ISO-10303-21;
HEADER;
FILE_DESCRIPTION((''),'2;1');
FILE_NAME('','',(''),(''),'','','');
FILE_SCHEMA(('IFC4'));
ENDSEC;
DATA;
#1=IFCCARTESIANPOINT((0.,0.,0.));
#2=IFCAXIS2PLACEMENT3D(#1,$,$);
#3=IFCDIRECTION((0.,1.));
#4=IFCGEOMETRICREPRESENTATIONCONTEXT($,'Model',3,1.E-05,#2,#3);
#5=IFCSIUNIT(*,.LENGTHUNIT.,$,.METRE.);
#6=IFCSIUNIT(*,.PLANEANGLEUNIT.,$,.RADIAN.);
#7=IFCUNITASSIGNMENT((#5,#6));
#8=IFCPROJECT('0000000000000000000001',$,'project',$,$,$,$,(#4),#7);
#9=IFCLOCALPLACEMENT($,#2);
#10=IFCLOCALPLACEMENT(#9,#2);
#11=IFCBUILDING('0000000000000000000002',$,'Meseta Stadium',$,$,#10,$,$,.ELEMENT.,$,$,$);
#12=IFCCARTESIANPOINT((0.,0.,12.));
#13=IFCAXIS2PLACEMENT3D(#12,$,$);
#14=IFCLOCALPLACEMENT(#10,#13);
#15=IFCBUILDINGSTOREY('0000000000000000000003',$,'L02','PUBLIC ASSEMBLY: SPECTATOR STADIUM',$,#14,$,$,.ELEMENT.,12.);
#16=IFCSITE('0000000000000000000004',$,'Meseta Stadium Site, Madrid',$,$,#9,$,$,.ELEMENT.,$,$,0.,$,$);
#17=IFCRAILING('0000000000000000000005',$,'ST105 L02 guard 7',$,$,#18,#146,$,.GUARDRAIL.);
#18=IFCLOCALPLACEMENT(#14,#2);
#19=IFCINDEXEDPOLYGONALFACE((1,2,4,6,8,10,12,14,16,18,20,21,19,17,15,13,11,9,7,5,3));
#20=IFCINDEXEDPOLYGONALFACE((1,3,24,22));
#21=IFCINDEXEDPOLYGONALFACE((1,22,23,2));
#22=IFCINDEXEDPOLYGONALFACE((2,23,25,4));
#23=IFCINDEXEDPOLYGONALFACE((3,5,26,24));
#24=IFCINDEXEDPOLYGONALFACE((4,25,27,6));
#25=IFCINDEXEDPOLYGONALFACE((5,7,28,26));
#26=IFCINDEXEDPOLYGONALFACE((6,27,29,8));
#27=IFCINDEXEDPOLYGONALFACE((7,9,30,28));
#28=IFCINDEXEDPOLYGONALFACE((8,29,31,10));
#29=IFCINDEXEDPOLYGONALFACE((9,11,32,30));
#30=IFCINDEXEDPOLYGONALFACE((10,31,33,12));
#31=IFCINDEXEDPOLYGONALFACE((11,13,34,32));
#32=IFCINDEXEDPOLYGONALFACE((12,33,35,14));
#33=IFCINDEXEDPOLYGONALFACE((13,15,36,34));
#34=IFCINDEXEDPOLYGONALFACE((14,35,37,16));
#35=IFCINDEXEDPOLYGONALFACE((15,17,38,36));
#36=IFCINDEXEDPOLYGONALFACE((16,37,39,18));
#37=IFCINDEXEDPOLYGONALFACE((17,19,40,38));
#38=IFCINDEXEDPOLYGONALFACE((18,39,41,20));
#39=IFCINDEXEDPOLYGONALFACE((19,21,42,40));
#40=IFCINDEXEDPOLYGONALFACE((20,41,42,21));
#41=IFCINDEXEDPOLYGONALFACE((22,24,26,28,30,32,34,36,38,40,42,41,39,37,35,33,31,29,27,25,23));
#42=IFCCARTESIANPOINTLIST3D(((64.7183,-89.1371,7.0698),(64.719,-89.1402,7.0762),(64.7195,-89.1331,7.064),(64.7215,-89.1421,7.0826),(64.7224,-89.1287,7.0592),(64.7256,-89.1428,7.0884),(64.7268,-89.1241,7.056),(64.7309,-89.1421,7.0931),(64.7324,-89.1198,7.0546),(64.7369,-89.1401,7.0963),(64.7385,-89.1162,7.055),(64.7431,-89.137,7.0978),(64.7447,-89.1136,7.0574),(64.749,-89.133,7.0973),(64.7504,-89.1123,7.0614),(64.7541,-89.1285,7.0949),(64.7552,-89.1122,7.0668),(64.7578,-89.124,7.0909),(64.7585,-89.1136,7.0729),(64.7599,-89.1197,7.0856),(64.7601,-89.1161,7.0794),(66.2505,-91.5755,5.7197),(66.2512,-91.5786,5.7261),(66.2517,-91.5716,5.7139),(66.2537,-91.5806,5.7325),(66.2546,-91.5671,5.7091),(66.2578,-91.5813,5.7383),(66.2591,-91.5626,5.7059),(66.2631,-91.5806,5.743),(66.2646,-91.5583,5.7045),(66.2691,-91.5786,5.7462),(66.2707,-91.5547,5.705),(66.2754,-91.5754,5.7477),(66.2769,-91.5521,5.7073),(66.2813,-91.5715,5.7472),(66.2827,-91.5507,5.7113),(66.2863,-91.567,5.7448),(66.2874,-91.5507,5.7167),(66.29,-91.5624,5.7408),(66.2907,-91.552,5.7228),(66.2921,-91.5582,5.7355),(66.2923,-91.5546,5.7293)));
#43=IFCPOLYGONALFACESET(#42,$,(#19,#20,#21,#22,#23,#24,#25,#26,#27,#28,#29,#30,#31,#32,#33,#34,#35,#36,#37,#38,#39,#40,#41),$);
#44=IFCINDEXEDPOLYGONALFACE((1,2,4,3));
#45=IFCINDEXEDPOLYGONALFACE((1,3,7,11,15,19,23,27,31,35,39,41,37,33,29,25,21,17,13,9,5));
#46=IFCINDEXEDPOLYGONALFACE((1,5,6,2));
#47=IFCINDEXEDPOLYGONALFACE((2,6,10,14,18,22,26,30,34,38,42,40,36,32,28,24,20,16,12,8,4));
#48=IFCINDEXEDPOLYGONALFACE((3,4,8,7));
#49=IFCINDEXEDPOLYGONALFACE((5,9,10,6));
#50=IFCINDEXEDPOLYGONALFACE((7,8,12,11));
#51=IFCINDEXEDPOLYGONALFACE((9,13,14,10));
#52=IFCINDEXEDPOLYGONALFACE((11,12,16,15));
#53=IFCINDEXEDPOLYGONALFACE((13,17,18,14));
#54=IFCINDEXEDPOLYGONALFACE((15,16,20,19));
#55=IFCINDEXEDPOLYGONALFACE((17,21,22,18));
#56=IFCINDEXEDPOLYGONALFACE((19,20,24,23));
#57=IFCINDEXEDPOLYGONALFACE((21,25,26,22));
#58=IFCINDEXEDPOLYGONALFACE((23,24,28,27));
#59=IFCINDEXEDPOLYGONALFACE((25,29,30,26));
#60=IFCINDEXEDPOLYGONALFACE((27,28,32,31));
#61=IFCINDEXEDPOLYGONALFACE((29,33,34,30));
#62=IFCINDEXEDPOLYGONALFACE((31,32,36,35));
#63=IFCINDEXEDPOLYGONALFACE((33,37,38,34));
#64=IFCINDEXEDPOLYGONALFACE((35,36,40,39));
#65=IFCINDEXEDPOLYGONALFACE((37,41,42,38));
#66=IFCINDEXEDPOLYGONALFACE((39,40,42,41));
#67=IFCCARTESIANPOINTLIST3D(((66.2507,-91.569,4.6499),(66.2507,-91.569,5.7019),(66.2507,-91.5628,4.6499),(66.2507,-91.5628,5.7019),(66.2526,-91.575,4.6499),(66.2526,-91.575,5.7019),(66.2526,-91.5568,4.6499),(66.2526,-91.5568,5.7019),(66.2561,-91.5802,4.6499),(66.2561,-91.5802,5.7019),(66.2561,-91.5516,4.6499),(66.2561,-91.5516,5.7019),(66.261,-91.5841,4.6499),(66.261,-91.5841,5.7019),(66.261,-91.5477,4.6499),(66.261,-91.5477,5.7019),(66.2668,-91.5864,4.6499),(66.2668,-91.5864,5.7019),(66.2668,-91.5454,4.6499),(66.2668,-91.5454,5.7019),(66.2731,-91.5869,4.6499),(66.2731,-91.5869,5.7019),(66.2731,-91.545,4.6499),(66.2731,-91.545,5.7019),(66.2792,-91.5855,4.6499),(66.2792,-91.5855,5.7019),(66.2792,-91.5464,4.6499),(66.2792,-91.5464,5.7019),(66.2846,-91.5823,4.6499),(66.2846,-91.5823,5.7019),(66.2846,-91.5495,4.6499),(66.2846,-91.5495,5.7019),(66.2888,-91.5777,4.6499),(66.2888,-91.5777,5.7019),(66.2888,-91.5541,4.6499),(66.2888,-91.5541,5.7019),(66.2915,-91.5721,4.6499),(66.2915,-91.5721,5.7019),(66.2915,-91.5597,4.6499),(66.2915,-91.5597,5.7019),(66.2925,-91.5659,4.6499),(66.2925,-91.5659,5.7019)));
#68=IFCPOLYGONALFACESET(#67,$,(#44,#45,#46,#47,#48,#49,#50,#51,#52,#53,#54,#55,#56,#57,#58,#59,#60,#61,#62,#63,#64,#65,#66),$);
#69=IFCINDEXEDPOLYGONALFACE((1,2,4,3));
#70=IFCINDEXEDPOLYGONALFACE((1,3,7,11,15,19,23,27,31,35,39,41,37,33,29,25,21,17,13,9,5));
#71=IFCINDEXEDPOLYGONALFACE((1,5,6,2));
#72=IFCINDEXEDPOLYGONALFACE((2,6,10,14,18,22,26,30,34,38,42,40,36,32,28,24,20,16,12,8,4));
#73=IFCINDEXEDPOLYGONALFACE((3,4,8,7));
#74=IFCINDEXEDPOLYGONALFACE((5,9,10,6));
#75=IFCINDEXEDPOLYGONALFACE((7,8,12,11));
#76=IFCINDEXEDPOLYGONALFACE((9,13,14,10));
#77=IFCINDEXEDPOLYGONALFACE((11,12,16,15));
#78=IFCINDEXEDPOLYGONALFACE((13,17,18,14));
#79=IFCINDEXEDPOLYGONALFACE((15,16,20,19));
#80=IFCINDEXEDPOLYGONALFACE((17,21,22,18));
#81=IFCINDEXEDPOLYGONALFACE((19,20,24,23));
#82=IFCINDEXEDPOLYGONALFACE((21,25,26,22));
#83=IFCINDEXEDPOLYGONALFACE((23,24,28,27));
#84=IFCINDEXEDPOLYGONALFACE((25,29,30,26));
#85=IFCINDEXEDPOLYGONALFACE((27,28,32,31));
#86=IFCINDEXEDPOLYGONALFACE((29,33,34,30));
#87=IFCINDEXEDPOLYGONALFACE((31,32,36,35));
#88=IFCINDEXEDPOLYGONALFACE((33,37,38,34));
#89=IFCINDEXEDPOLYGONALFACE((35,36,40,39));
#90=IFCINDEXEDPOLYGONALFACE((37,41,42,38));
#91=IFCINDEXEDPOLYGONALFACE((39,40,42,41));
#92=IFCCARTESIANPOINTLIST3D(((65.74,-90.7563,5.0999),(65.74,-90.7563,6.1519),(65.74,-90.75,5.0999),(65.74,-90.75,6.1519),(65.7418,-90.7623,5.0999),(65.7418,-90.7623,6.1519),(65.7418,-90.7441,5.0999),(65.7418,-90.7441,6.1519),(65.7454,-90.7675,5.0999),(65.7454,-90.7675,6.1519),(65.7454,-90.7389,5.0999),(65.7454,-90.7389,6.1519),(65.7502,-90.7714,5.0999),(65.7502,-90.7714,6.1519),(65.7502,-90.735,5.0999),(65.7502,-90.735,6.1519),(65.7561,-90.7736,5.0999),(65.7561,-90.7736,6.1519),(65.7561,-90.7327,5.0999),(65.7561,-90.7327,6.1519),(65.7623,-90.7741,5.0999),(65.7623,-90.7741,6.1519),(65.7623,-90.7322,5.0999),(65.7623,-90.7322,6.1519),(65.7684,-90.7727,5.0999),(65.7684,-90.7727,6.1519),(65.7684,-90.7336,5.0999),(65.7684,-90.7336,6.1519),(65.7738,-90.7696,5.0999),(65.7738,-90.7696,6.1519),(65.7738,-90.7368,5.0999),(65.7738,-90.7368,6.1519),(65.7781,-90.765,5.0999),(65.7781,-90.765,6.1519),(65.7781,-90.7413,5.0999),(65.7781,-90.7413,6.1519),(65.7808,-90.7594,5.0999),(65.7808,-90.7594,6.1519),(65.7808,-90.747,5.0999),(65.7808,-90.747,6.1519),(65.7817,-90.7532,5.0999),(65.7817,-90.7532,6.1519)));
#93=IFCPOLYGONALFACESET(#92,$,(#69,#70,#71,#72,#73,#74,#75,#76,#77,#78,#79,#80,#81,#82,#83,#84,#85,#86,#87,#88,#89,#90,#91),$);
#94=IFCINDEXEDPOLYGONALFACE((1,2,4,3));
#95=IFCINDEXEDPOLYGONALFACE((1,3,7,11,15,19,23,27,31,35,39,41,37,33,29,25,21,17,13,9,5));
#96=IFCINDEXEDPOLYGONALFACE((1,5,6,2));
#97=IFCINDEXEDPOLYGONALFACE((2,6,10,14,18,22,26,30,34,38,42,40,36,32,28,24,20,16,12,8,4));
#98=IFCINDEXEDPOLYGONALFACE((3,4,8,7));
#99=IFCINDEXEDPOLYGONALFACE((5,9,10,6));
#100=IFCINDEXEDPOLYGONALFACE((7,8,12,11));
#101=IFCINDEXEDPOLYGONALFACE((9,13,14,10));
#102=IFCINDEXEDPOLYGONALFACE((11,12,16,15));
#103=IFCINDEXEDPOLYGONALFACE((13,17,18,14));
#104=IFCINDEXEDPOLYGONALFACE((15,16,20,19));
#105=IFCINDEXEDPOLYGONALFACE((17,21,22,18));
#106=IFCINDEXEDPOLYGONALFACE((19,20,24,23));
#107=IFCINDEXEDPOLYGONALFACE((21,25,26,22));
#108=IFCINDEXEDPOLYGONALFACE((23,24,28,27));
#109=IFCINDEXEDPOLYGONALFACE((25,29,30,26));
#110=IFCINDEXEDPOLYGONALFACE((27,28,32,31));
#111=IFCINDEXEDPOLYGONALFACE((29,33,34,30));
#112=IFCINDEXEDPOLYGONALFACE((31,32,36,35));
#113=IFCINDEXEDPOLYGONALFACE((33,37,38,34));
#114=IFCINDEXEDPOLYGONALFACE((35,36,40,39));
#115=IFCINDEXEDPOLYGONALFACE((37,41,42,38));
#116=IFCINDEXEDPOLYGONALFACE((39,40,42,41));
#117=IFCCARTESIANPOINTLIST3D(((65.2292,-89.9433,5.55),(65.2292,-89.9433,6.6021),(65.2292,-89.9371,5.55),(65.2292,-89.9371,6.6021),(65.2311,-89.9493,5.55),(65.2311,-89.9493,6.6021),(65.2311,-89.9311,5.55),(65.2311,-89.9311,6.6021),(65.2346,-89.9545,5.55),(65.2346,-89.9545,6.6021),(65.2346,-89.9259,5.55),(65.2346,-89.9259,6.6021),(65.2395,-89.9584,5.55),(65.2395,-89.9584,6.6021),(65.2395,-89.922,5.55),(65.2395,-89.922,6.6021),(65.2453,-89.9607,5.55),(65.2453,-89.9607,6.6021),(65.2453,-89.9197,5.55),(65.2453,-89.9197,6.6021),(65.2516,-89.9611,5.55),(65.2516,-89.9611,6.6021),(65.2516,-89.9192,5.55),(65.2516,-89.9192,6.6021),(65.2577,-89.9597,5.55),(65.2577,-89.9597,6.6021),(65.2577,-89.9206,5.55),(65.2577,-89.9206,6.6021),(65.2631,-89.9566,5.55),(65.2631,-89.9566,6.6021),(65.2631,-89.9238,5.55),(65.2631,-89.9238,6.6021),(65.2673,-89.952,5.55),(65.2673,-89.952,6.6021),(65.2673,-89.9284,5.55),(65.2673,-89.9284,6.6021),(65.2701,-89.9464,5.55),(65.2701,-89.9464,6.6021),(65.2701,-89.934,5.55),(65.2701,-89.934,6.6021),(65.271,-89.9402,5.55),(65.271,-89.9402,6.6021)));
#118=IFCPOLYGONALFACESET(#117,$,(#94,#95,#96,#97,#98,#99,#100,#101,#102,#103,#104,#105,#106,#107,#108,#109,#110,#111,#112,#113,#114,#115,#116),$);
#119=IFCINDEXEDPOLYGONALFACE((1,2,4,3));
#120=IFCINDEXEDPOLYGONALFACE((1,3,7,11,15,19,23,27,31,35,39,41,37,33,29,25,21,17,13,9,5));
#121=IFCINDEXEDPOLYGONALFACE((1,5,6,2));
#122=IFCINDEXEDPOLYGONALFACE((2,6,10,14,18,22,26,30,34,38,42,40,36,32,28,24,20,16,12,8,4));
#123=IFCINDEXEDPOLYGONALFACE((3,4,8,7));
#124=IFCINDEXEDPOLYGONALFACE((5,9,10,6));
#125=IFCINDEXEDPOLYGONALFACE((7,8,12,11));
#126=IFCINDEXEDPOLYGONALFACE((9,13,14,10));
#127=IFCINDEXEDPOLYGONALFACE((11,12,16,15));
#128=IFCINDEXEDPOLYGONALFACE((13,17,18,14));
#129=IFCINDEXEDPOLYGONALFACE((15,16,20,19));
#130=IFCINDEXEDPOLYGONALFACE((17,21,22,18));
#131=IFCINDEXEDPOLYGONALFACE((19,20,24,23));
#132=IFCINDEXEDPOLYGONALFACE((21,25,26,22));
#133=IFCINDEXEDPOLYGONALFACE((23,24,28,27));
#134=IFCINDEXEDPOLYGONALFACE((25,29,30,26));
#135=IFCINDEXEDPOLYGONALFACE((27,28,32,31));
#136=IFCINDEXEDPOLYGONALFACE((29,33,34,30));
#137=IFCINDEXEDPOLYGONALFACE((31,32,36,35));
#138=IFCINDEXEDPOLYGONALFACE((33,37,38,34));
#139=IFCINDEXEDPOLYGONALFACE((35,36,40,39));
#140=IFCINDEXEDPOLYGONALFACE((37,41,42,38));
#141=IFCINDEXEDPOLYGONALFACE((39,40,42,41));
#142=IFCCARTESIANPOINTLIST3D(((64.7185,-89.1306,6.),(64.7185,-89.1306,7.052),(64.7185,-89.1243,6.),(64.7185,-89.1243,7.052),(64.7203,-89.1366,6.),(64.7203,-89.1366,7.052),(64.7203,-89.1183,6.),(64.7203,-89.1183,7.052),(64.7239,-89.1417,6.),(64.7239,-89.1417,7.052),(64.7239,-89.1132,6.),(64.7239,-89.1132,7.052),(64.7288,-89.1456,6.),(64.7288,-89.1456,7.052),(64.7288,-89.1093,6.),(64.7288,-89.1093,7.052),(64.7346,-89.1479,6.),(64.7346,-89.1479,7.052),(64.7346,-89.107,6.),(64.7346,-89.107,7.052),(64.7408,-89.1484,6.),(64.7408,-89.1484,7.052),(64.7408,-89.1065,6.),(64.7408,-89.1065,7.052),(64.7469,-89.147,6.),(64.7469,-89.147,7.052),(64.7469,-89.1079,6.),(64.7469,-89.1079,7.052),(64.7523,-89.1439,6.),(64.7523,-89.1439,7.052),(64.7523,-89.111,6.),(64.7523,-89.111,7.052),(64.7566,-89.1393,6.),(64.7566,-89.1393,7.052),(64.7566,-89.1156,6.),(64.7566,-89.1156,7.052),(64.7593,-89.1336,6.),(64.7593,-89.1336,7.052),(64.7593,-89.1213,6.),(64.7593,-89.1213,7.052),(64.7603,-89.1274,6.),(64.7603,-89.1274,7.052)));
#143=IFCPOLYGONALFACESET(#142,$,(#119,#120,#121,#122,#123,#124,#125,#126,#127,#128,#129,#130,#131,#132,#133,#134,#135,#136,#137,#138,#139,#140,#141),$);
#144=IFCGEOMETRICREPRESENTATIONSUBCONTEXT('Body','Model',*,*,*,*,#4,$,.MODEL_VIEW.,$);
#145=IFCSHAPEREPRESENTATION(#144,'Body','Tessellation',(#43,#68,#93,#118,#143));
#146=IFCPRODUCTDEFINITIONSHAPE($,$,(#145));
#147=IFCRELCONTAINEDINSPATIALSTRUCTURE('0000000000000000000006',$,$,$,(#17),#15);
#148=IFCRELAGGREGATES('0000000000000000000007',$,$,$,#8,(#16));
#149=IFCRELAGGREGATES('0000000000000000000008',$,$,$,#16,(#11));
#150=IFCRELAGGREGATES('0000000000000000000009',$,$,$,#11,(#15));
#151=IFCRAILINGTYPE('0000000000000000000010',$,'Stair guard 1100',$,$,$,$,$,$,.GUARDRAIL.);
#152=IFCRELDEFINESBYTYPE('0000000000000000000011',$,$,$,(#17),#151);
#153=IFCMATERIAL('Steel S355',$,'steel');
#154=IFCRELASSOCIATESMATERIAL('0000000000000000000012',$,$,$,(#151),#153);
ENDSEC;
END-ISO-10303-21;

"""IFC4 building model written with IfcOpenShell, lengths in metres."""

from ifc_helpers import new_model, si_unit, direction, frame, origin, origin_2d, place, context, subcontext, project, spatial, circle, extrude, material, type_object, element, save


model = new_model("IFC4")

# Units and contexts
model_context = context("Model", 3, precision=1e-05, world=origin(), true_north=direction((0.0, 1.0)))
body_context = subcontext(model_context, "Body", "Model", "MODEL_VIEW")
ifc_project = project(units=[si_unit("LENGTHUNIT", "METRE"), si_unit("PLANEANGLEUNIT", "RADIAN")], contexts=[model_context])

# Site, building, storey
site_placement = place(None, origin())
site = spatial("IfcSite", under=ifc_project, at=site_placement, Name="Meseta Stadium Site, Madrid", CompositionType="ELEMENT", RefElevation=0.0)
building_placement = place(site_placement, origin())
building = spatial("IfcBuilding", under=site, at=building_placement, Name="Meseta Stadium", CompositionType="ELEMENT")
storey_placement = place(building_placement, frame((0.0, 0.0, 12.0)))
storey = spatial("IfcBuildingStorey", under=building, at=storey_placement, Name="L02", Description="PUBLIC ASSEMBLY: SPECTATOR STADIUM", CompositionType="ELEMENT", Elevation=12.0)

# Railing
ifc_material_1 = material(Name="Steel S355", Category="steel")
railing_type_1 = type_object("IfcRailingType", Name="Stair guard 1100", PredefinedType="GUARDRAIL", material=ifc_material_1)
railing_1_placement = place(storey_placement, frame((66.2715, -91.5659, 4.6499)))
element("IfcRailing", 1, at=railing_1_placement, inside=storey, type_object=railing_type_1, Name="ST105 L02 guard 7", PredefinedType="GUARDRAIL", context=body_context, shape_type="SweptSolid", body=[
    extrude(circle(Radius=0.0239, at=origin_2d()), frame((0.0, 0.0, 1.0762), z_axis=(-0.481731, 0.766655, 0.42447), x_axis=(-0.846719, -0.53204, 0.0)), (0.0, 0.0, 1.0), 3.1807),
    extrude(circle(Radius=0.021, at=origin_2d()), origin(), (0.0, 0.0, 1.0), 1.052),
    extrude(circle(Radius=0.021, at=origin_2d()), frame((-0.5107, 0.8127, 0.45)), (0.0, 0.0, 1.0), 1.052),
    extrude(circle(Radius=0.021, at=origin_2d()), frame((-1.0215, 1.6257, 0.9001)), (0.0, 0.0, 1.0), 1.052),
    extrude(circle(Radius=0.021, at=origin_2d()), frame((-1.5322, 2.4385, 1.3501)), (0.0, 0.0, 1.0), 1.052),
])

save(model, "model.ifc")
